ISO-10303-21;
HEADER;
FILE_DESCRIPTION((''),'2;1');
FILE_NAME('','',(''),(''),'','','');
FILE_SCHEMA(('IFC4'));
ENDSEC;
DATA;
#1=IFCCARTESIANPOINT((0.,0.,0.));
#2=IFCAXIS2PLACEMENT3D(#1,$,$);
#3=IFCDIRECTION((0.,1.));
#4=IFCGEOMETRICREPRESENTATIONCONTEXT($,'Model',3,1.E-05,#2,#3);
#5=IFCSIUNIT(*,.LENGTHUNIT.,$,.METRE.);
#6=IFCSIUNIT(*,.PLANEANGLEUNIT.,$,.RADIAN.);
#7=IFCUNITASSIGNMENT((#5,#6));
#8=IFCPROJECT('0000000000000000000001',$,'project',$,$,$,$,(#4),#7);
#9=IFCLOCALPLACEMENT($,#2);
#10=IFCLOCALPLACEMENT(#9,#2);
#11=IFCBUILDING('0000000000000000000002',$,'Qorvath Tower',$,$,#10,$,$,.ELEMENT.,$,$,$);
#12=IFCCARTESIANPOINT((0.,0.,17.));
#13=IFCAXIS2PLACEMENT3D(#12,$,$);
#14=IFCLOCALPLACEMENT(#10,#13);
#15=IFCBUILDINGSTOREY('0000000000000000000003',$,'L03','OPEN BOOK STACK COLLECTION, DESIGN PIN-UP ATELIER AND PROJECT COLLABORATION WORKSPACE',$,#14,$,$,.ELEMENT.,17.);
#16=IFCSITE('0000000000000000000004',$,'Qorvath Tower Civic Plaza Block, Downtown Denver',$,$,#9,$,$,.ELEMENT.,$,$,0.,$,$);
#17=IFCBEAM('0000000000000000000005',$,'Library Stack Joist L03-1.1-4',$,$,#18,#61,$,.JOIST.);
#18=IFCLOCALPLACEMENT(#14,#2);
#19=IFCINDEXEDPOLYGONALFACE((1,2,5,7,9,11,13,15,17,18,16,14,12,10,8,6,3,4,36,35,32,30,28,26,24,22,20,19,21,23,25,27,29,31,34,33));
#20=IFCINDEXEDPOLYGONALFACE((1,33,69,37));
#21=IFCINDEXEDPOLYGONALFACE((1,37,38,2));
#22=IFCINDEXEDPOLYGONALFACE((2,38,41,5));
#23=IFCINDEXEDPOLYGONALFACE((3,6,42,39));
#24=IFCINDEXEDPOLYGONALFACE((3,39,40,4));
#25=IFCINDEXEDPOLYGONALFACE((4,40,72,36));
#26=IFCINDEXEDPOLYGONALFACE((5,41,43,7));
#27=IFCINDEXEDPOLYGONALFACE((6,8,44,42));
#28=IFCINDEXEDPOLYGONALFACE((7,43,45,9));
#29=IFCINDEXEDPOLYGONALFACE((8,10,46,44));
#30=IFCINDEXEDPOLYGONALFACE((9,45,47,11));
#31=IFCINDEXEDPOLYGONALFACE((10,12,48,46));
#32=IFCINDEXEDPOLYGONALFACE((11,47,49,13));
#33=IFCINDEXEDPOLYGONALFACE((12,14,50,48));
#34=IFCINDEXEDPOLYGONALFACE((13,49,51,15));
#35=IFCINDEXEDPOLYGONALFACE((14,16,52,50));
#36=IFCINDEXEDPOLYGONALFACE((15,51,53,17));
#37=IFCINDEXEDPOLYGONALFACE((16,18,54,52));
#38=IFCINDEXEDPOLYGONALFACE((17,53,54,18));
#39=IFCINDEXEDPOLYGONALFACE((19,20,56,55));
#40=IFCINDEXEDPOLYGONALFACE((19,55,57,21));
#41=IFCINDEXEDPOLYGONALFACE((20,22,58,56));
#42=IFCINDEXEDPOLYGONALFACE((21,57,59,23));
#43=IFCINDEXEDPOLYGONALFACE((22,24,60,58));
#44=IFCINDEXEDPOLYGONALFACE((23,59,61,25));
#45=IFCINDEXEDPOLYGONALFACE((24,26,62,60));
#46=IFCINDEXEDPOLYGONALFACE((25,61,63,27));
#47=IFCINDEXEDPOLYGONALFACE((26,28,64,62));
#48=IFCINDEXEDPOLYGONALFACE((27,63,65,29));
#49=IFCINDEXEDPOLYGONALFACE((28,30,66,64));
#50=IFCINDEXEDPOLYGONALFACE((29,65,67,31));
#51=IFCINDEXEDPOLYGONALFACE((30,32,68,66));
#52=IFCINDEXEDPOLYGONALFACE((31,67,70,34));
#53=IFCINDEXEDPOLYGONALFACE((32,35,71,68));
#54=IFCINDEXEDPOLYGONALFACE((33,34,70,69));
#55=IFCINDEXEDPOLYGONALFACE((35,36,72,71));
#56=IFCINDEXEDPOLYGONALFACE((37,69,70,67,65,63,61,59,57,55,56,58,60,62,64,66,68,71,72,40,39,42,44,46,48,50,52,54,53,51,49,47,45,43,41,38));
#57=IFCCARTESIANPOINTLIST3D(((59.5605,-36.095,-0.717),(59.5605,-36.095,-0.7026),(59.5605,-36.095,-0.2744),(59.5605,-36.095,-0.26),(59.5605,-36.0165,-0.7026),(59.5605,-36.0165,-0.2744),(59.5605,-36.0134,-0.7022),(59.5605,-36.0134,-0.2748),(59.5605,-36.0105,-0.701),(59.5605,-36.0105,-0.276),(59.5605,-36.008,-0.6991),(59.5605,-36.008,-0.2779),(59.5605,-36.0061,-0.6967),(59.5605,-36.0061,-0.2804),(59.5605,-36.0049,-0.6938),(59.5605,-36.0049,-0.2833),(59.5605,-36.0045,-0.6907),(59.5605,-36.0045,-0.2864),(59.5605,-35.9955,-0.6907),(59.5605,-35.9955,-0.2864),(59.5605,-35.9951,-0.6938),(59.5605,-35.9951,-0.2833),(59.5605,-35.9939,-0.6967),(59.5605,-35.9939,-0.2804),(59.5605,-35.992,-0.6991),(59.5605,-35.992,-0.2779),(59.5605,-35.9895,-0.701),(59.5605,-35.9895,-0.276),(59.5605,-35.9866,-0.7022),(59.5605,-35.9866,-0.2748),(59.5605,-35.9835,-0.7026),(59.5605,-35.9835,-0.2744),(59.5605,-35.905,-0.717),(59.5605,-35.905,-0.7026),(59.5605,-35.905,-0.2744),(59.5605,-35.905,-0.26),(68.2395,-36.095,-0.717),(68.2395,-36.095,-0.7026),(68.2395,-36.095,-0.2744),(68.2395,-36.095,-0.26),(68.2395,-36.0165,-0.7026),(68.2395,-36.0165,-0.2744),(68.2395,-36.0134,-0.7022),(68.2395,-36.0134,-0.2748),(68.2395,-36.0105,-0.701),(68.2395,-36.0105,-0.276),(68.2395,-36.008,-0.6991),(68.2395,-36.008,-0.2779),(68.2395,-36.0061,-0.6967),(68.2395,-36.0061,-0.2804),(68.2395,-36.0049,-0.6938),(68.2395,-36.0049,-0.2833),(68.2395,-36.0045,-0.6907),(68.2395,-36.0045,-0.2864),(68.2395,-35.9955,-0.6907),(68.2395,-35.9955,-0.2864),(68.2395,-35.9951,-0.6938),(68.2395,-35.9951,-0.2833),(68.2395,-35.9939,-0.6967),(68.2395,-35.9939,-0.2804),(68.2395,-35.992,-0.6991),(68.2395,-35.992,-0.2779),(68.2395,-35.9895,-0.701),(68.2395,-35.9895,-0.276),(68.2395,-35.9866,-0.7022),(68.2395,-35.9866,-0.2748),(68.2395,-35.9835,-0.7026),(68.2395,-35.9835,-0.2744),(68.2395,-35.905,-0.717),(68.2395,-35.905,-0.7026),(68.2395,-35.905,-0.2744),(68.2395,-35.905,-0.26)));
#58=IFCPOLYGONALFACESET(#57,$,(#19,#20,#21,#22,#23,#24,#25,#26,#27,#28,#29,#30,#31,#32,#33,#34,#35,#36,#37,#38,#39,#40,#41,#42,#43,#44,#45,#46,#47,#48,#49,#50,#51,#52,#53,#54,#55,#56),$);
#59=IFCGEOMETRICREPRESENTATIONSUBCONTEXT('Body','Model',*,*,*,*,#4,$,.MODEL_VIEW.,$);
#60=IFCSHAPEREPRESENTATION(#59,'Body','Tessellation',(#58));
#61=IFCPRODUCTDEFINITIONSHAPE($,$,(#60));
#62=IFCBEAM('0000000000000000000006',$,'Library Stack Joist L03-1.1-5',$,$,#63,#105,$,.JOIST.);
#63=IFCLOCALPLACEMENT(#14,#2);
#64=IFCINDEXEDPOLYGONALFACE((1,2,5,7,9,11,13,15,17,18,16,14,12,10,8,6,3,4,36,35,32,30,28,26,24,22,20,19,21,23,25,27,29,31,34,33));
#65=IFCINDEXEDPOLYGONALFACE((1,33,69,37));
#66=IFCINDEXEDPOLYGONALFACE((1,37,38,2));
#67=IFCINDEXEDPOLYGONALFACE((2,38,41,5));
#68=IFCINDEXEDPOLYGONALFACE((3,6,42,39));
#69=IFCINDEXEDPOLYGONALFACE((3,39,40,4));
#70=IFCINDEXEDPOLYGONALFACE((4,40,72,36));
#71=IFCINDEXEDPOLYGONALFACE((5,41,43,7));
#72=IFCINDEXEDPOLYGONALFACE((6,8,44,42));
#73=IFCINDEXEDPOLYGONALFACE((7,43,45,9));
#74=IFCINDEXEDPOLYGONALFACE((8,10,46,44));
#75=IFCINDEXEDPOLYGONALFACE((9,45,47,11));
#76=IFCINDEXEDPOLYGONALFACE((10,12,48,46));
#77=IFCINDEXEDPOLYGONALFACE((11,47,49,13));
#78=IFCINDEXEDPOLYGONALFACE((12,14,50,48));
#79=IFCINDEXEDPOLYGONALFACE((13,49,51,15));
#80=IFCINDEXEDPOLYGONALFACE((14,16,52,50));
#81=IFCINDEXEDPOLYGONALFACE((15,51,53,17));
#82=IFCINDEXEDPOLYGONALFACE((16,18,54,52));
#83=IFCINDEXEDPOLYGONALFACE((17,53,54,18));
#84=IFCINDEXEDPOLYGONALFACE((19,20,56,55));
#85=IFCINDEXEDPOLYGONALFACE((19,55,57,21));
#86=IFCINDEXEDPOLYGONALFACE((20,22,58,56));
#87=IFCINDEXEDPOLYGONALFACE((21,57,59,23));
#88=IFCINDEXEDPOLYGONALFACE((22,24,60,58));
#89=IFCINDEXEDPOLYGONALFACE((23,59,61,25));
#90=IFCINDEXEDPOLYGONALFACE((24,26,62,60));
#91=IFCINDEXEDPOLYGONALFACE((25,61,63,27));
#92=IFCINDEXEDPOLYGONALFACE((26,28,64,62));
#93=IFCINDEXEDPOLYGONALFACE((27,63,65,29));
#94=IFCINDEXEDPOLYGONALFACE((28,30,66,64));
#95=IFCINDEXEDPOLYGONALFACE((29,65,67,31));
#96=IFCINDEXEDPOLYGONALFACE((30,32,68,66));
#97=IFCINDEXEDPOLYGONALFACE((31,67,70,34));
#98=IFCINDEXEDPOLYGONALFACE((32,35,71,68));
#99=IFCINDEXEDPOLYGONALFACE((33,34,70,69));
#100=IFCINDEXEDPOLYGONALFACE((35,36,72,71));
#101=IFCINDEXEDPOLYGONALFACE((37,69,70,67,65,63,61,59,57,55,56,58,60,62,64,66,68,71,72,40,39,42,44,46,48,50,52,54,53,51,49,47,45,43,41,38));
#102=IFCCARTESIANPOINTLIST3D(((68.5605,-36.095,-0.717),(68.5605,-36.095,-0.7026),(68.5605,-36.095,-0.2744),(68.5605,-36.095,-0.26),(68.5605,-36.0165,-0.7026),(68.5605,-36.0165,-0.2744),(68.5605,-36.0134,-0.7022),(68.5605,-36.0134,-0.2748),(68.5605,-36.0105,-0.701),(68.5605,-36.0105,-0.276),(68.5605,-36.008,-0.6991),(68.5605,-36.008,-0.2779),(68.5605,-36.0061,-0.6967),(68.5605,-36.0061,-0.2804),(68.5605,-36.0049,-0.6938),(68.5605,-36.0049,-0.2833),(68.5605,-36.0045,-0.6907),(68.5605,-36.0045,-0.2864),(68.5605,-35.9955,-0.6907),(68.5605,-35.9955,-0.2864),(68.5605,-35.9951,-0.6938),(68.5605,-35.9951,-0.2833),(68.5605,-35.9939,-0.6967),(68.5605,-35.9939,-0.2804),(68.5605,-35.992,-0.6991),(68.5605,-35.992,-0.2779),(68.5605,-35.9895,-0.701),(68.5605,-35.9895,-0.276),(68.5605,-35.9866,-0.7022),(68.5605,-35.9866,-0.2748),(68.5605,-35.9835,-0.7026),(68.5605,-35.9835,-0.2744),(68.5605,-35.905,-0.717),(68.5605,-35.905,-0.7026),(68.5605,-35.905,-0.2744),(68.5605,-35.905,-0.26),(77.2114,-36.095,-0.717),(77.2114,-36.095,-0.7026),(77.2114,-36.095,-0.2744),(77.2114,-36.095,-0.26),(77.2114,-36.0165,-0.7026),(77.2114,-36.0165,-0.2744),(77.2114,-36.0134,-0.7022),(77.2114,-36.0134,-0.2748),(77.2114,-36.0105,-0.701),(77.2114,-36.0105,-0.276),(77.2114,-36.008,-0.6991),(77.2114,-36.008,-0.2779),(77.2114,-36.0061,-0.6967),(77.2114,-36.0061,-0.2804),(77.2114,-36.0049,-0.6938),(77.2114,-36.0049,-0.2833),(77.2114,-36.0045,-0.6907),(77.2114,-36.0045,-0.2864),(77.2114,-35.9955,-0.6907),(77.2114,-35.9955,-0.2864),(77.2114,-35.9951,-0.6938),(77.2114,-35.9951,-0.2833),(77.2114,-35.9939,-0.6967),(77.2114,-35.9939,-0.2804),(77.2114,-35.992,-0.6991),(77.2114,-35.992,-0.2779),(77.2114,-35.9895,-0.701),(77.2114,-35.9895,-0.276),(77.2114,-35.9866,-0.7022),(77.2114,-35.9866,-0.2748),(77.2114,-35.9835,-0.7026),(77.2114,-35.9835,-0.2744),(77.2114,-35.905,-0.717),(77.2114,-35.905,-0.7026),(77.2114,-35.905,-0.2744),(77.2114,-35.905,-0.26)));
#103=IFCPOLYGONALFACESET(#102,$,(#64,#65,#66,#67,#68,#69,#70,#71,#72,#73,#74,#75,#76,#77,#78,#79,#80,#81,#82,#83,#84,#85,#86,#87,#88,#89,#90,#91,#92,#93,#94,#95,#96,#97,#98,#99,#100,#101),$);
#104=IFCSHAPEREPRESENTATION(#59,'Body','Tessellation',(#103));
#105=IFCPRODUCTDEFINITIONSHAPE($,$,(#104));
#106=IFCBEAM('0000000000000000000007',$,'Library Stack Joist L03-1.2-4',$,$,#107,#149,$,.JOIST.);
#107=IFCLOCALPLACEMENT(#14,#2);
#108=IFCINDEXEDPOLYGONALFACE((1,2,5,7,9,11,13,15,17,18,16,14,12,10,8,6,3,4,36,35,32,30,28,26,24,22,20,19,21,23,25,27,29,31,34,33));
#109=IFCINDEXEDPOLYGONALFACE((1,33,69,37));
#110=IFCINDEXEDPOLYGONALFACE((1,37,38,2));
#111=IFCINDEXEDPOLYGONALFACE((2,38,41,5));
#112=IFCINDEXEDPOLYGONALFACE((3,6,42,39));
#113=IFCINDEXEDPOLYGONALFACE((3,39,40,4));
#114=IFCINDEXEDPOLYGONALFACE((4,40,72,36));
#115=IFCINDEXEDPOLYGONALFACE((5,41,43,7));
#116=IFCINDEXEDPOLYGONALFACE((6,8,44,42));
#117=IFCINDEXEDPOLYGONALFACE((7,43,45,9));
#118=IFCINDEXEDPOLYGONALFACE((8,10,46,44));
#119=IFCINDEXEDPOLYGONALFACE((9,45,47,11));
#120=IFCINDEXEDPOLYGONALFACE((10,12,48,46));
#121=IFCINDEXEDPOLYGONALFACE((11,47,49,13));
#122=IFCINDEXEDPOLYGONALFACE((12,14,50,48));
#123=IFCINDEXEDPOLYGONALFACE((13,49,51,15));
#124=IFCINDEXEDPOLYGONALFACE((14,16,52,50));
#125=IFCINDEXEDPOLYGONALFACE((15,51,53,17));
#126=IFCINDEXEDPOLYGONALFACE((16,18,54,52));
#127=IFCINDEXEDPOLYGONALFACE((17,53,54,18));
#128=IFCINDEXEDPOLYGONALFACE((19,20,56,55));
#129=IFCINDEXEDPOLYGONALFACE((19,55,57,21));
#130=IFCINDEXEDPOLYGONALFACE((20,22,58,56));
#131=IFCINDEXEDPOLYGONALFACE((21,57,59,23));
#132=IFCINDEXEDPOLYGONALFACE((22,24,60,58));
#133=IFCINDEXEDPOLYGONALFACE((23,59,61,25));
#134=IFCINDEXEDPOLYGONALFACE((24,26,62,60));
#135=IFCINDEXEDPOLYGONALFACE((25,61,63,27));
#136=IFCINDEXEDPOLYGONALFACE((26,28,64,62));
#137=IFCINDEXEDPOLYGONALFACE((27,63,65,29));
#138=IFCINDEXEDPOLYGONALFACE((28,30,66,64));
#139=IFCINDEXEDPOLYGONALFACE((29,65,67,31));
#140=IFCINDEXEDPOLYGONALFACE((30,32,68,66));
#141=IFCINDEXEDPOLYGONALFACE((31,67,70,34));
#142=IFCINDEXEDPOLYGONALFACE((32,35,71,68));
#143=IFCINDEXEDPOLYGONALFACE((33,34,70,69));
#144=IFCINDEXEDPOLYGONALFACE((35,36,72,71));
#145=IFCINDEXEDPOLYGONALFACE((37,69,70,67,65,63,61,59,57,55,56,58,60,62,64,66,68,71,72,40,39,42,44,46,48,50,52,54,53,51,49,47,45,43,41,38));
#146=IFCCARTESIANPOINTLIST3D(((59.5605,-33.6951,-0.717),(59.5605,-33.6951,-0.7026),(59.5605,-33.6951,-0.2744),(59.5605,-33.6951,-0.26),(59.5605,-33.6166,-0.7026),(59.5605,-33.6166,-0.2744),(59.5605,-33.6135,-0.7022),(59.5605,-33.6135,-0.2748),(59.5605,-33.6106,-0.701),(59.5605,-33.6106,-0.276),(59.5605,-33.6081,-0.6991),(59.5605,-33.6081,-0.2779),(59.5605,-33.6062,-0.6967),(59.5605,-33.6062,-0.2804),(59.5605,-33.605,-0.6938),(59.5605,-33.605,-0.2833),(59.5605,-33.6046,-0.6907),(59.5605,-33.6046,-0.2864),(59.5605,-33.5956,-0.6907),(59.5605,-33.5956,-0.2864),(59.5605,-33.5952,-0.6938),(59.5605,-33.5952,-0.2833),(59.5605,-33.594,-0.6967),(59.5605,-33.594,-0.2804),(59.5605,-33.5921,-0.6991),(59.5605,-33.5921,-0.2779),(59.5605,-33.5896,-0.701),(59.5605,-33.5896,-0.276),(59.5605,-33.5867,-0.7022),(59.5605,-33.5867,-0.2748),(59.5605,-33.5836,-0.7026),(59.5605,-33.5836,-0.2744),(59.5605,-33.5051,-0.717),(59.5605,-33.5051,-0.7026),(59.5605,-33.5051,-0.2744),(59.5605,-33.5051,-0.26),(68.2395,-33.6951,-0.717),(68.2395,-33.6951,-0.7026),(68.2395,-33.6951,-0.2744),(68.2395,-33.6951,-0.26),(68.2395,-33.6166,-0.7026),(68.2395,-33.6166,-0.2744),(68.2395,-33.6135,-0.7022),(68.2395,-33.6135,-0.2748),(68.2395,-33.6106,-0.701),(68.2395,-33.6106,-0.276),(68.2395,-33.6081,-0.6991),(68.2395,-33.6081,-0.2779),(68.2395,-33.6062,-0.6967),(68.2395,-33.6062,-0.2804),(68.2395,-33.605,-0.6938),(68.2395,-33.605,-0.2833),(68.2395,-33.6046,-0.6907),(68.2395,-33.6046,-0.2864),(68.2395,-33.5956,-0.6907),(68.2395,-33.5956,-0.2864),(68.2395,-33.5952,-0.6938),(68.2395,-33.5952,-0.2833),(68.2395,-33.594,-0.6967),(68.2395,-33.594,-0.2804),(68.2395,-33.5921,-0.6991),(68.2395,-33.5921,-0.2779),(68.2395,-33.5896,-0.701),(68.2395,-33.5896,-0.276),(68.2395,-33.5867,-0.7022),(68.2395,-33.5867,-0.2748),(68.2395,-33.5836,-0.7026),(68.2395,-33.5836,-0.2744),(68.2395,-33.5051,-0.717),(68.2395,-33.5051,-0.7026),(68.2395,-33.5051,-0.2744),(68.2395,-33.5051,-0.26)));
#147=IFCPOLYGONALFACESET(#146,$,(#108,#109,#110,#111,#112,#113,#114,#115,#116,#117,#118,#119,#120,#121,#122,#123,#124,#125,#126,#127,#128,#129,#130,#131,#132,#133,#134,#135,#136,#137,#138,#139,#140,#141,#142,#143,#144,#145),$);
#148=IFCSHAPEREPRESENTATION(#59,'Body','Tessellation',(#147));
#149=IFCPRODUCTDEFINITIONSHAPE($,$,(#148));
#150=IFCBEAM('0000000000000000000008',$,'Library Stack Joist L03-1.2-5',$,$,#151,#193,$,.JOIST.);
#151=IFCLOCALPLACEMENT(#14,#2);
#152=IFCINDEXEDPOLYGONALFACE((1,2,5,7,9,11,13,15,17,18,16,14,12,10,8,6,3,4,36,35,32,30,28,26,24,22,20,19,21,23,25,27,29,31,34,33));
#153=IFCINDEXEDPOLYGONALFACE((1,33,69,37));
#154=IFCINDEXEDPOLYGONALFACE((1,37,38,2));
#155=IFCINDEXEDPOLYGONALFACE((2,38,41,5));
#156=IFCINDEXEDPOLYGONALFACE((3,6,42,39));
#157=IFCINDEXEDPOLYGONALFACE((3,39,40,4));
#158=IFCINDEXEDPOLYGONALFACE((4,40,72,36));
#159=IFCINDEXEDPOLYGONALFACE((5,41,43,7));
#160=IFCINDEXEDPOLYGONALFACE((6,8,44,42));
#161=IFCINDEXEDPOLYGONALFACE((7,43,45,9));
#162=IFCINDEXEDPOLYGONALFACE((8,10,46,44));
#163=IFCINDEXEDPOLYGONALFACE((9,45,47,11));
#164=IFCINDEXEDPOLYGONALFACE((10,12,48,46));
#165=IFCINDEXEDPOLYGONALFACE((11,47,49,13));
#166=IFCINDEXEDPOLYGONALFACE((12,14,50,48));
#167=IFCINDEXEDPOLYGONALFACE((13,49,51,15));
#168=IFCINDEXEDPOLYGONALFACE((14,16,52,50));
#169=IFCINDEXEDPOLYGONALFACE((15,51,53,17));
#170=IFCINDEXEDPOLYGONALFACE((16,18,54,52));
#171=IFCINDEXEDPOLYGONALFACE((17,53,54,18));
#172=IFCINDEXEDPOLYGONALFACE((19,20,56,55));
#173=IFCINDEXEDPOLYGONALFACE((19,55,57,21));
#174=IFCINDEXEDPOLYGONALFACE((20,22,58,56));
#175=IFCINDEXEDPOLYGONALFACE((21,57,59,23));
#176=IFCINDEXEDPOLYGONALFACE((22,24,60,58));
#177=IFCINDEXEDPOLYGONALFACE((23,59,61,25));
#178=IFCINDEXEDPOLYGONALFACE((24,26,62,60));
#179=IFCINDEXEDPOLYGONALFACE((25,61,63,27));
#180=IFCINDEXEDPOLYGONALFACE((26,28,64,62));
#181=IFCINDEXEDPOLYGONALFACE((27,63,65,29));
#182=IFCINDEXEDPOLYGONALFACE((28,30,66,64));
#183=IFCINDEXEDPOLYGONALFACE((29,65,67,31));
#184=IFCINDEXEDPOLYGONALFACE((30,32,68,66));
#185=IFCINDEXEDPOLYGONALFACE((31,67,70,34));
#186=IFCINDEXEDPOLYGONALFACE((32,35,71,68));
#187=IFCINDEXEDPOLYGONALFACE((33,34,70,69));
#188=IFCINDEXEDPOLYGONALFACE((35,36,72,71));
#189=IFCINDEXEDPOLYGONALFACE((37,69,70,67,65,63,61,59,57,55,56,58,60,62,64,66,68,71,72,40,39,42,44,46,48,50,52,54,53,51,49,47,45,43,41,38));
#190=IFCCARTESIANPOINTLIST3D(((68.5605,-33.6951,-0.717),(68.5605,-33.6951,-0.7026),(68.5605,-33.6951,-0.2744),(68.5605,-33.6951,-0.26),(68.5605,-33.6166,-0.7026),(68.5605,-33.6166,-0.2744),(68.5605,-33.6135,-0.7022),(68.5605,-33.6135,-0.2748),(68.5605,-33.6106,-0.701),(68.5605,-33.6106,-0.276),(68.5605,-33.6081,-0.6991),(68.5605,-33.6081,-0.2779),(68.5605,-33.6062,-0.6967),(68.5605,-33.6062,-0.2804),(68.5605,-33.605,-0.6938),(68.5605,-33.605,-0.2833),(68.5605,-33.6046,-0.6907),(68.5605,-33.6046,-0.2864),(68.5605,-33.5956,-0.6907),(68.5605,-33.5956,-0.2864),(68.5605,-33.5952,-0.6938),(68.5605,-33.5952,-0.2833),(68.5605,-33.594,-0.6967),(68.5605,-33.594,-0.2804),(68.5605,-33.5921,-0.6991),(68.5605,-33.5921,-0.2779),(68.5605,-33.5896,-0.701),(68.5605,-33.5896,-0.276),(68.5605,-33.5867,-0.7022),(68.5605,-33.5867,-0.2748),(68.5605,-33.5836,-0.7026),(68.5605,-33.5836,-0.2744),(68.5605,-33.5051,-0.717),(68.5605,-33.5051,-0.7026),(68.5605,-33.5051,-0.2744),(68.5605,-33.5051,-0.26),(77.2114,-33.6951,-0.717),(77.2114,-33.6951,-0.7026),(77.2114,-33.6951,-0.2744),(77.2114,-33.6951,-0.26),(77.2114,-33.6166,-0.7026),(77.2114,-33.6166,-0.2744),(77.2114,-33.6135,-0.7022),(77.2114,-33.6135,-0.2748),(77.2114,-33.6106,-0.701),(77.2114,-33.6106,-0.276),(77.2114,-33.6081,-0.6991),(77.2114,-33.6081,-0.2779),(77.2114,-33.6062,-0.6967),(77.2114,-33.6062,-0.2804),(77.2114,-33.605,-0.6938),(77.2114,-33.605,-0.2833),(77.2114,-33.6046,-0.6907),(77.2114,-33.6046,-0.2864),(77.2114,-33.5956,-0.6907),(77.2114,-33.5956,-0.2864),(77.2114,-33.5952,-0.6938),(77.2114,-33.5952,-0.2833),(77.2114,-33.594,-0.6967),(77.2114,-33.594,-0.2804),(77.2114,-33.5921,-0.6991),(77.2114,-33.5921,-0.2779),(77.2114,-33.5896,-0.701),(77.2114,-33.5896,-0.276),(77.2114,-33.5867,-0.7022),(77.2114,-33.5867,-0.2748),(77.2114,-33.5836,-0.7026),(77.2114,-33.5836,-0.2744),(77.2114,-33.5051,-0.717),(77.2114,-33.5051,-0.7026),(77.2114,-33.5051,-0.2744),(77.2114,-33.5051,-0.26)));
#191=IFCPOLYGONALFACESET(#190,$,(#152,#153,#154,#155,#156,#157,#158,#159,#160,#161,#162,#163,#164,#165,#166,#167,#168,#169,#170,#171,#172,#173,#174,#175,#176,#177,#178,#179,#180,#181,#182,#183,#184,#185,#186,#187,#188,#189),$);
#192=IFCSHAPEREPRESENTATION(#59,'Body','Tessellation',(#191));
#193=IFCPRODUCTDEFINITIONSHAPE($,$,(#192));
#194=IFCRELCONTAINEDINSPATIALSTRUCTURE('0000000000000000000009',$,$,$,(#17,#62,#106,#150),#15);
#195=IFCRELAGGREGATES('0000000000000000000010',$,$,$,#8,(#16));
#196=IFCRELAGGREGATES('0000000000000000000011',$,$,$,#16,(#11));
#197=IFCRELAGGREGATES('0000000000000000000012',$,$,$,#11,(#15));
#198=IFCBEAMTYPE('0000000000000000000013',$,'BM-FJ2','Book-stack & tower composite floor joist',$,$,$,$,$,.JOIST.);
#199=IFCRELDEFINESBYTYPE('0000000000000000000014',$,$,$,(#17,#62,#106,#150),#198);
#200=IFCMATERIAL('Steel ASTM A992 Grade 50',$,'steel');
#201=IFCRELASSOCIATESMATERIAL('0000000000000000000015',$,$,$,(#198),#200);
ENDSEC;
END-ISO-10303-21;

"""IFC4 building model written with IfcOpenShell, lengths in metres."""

from ifc_helpers import new_model, si_unit, direction, frame, origin, origin_2d, place, context, subcontext, project, spatial, i_section, extrude, material, material_profile, profile_set, type_object, element, save


model = new_model("IFC4")

# Units and contexts
model_context = context("Model", 3, precision=1e-05, world=origin(), true_north=direction((0.0, 1.0)))
body_context = subcontext(model_context, "Body", "Model", "MODEL_VIEW")
ifc_project = project(units=[si_unit("LENGTHUNIT", "METRE"), si_unit("PLANEANGLEUNIT", "RADIAN")], contexts=[model_context])

# Site, building, storey
site_placement = place(None, origin())
site = spatial("IfcSite", under=ifc_project, at=site_placement, Name="Qorvath Tower Civic Plaza Block, Downtown Denver", CompositionType="ELEMENT", RefElevation=0.0)
building_placement = place(site_placement, origin())
building = spatial("IfcBuilding", under=site, at=building_placement, Name="Qorvath Tower", CompositionType="ELEMENT")
storey_placement = place(building_placement, frame((0.0, 0.0, 17.0)))
storey = spatial("IfcBuildingStorey", under=building, at=storey_placement, Name="L03", Description="OPEN BOOK STACK COLLECTION, DESIGN PIN-UP ATELIER AND PROJECT COLLABORATION WORKSPACE", CompositionType="ELEMENT", Elevation=17.0)

# Beams
ifc_material_1 = material(Name="Steel ASTM A992 Grade 50", Category="steel")
ifc_material_profile_1 = material_profile(ifc_material_1, i_section(OverallWidth=0.1899, OverallDepth=0.457, WebThickness=0.009, FlangeThickness=0.0144, FilletRadius=0.012, at=origin_2d()), Name="W18x50")
ifc_profile_set_1 = profile_set([ifc_material_profile_1], Name="Steel ASTM A992 Grade 50")
beam_type_1 = type_object("IfcBeamType", Name="BM-FJ2", Description="Book-stack & tower composite floor joist", PredefinedType="JOIST", material=ifc_profile_set_1)
beam_1_placement = place(storey_placement, frame((59.5605, -36.0, -0.4885), z_axis=(1.0, 0.0, 0.0), x_axis=(0.0, 1.0, 0.0)))
element("IfcBeam", 1, at=beam_1_placement, inside=storey, type_object=beam_type_1, Name="Library Stack Joist L03-1.1-4", PredefinedType="JOIST", context=body_context, shape_type="SweptSolid", body=[
    extrude(i_section(OverallWidth=0.1899, OverallDepth=0.457, WebThickness=0.009, FlangeThickness=0.0144, FilletRadius=0.012, at=origin_2d()), origin(), (0.0, 0.0, 1.0), 8.679),
])
beam_2_placement = place(storey_placement, frame((68.5605, -36.0, -0.4885), z_axis=(1.0, 0.0, 0.0), x_axis=(0.0, 1.0, 0.0)))
element("IfcBeam", 2, at=beam_2_placement, inside=storey, type_object=beam_type_1, Name="Library Stack Joist L03-1.1-5", PredefinedType="JOIST", context=body_context, shape_type="SweptSolid", body=[
    extrude(i_section(OverallWidth=0.1899, OverallDepth=0.457, WebThickness=0.009, FlangeThickness=0.0144, FilletRadius=0.012, at=origin_2d()), origin(), (0.0, 0.0, 1.0), 8.6509),
])
beam_3_placement = place(storey_placement, frame((59.5605, -33.6001, -0.4885), z_axis=(1.0, 0.0, 0.0), x_axis=(0.0, 1.0, 0.0)))
element("IfcBeam", 3, at=beam_3_placement, inside=storey, type_object=beam_type_1, Name="Library Stack Joist L03-1.2-4", PredefinedType="JOIST", context=body_context, shape_type="SweptSolid", body=[
    extrude(i_section(OverallWidth=0.1899, OverallDepth=0.457, WebThickness=0.009, FlangeThickness=0.0144, FilletRadius=0.012, at=origin_2d()), origin(), (0.0, 0.0, 1.0), 8.679),
])
beam_4_placement = place(storey_placement, frame((68.5605, -33.6001, -0.4885), z_axis=(1.0, 0.0, 0.0), x_axis=(0.0, 1.0, 0.0)))
element("IfcBeam", 4, at=beam_4_placement, inside=storey, type_object=beam_type_1, Name="Library Stack Joist L03-1.2-5", PredefinedType="JOIST", context=body_context, shape_type="SweptSolid", body=[
    extrude(i_section(OverallWidth=0.1899, OverallDepth=0.457, WebThickness=0.009, FlangeThickness=0.0144, FilletRadius=0.012, at=origin_2d()), origin(), (0.0, 0.0, 1.0), 8.6509),
])

save(model, "model.ifc")
